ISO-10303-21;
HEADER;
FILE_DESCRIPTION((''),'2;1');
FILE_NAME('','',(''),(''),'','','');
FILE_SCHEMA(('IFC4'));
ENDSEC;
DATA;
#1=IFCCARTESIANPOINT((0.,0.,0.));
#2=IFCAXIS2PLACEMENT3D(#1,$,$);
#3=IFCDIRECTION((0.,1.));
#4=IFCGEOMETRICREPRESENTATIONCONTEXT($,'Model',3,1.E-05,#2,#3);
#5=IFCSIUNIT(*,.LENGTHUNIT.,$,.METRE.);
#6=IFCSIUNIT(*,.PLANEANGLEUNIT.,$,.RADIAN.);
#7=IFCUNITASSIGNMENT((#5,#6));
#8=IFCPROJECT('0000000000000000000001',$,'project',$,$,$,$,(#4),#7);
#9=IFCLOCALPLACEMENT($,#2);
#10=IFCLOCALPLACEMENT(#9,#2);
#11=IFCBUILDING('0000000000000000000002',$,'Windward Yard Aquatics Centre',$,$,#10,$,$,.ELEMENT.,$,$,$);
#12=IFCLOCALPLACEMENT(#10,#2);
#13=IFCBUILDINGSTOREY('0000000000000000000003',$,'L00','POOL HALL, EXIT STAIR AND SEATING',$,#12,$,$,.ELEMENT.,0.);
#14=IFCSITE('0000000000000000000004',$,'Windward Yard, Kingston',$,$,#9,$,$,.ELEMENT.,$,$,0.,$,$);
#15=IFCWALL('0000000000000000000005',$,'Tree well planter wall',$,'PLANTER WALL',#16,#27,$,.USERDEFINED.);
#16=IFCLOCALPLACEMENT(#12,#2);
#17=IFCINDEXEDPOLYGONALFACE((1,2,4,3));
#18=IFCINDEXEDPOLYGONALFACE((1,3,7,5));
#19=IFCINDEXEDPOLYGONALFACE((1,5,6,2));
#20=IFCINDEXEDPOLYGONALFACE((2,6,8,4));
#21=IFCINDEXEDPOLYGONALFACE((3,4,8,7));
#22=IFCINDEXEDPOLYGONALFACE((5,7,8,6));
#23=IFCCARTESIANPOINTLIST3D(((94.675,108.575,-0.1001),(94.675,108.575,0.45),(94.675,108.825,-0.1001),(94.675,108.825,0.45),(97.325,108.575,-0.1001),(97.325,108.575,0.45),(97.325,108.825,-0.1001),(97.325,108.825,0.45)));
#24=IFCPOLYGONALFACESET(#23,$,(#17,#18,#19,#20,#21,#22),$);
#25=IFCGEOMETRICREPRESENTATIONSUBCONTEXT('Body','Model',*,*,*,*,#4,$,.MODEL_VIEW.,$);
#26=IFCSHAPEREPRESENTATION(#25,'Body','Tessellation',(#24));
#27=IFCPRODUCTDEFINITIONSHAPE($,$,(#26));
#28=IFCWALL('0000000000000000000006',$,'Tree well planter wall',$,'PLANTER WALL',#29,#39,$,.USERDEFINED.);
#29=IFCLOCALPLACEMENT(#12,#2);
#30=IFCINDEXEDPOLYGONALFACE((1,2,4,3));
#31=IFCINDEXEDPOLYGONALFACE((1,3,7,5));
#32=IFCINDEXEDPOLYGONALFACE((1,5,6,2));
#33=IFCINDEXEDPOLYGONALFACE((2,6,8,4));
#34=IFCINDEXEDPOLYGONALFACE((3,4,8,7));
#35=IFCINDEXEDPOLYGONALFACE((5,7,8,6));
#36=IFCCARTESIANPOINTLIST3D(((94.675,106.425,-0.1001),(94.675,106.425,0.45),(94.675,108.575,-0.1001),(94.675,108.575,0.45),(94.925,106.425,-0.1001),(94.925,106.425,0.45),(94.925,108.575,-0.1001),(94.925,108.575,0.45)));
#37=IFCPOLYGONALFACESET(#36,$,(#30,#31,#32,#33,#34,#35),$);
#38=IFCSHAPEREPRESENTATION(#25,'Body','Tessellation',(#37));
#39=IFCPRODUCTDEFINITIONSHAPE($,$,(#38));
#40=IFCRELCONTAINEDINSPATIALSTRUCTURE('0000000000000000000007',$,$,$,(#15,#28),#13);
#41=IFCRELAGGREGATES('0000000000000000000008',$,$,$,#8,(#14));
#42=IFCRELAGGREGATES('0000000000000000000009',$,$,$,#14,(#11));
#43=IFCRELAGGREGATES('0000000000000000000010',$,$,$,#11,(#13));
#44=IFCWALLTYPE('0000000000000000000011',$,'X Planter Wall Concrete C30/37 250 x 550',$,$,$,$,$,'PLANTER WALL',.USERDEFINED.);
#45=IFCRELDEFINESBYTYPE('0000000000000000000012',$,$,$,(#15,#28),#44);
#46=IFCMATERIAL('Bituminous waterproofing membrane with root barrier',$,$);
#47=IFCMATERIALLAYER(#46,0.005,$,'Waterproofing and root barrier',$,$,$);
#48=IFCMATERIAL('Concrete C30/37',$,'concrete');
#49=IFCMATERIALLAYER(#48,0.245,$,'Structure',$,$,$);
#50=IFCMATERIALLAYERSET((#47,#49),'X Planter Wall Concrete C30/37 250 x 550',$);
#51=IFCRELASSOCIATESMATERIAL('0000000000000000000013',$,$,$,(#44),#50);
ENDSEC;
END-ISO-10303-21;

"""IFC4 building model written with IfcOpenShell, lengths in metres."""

from ifc_helpers import new_model, si_unit, direction, frame, frame_2d, origin, place, context, subcontext, project, spatial, rectangle, extrude, material, layer, layer_set, type_object, element, save


model = new_model("IFC4")

# Units and contexts
model_context = context("Model", 3, precision=1e-05, world=origin(), true_north=direction((0.0, 1.0)))
body_context = subcontext(model_context, "Body", "Model", "MODEL_VIEW")
ifc_project = project(units=[si_unit("LENGTHUNIT", "METRE"), si_unit("PLANEANGLEUNIT", "RADIAN")], contexts=[model_context])

# Site, building, storey
site_placement = place(None, origin())
site = spatial("IfcSite", under=ifc_project, at=site_placement, Name="Windward Yard, Kingston", CompositionType="ELEMENT", RefElevation=0.0)
building_placement = place(site_placement, origin())
building = spatial("IfcBuilding", under=site, at=building_placement, Name="Windward Yard Aquatics Centre", CompositionType="ELEMENT")
storey_placement = place(building_placement, origin())
storey = spatial("IfcBuildingStorey", under=building, at=storey_placement, Name="L00", Description="POOL HALL, EXIT STAIR AND SEATING", CompositionType="ELEMENT", Elevation=0.0)

# Walls
ifc_material_1 = material(Name="Bituminous waterproofing membrane with root barrier")
ifc_layer_1 = layer(ifc_material_1, 0.005, Name="Waterproofing and root barrier")
ifc_material_2 = material(Name="Concrete C30/37", Category="concrete")
ifc_layer_2 = layer(ifc_material_2, 0.245, Name="Structure")
ifc_layer_set_1 = layer_set([ifc_layer_1, ifc_layer_2], Name="X Planter Wall Concrete C30/37 250 x 550")
wall_type = type_object("IfcWallType", Name="X Planter Wall Concrete C30/37 250 x 550", ElementType="PLANTER WALL", PredefinedType="USERDEFINED", material=ifc_layer_set_1)
for number, where, z_axis, x_axis, name in (
    (1, (94.675, 108.7, -0.1001), (0.0, 0.0, 1.0), (1.0, 0.0, 0.0), "Tree well planter wall"),
):
    element("IfcWall", number, at=place(storey_placement, frame(where, z_axis=z_axis, x_axis=x_axis)), inside=storey, type_object=wall_type, Name=name, ObjectType="PLANTER WALL", PredefinedType="USERDEFINED", context=body_context, shape_type="SweptSolid", body=[
        extrude(rectangle(XDim=2.6499, YDim=0.25, at=frame_2d((1.325, 0.0))), origin(), (0.0, 0.0, 1.0), 0.55),
    ])
wall_placement = place(storey_placement, frame((94.8, 106.425, -0.1001), z_axis=(0.0, 0.0, 1.0), x_axis=(0.0, 1.0, 0.0)))
element("IfcWall", 2, at=wall_placement, inside=storey, type_object=wall_type, Name="Tree well planter wall", ObjectType="PLANTER WALL", PredefinedType="USERDEFINED", context=body_context, shape_type="SweptSolid", body=[
    extrude(rectangle(XDim=2.1499, YDim=0.25, at=frame_2d((1.075, 0.0))), origin(), (0.0, 0.0, 1.0), 0.55),
])

save(model, "model.ifc")
